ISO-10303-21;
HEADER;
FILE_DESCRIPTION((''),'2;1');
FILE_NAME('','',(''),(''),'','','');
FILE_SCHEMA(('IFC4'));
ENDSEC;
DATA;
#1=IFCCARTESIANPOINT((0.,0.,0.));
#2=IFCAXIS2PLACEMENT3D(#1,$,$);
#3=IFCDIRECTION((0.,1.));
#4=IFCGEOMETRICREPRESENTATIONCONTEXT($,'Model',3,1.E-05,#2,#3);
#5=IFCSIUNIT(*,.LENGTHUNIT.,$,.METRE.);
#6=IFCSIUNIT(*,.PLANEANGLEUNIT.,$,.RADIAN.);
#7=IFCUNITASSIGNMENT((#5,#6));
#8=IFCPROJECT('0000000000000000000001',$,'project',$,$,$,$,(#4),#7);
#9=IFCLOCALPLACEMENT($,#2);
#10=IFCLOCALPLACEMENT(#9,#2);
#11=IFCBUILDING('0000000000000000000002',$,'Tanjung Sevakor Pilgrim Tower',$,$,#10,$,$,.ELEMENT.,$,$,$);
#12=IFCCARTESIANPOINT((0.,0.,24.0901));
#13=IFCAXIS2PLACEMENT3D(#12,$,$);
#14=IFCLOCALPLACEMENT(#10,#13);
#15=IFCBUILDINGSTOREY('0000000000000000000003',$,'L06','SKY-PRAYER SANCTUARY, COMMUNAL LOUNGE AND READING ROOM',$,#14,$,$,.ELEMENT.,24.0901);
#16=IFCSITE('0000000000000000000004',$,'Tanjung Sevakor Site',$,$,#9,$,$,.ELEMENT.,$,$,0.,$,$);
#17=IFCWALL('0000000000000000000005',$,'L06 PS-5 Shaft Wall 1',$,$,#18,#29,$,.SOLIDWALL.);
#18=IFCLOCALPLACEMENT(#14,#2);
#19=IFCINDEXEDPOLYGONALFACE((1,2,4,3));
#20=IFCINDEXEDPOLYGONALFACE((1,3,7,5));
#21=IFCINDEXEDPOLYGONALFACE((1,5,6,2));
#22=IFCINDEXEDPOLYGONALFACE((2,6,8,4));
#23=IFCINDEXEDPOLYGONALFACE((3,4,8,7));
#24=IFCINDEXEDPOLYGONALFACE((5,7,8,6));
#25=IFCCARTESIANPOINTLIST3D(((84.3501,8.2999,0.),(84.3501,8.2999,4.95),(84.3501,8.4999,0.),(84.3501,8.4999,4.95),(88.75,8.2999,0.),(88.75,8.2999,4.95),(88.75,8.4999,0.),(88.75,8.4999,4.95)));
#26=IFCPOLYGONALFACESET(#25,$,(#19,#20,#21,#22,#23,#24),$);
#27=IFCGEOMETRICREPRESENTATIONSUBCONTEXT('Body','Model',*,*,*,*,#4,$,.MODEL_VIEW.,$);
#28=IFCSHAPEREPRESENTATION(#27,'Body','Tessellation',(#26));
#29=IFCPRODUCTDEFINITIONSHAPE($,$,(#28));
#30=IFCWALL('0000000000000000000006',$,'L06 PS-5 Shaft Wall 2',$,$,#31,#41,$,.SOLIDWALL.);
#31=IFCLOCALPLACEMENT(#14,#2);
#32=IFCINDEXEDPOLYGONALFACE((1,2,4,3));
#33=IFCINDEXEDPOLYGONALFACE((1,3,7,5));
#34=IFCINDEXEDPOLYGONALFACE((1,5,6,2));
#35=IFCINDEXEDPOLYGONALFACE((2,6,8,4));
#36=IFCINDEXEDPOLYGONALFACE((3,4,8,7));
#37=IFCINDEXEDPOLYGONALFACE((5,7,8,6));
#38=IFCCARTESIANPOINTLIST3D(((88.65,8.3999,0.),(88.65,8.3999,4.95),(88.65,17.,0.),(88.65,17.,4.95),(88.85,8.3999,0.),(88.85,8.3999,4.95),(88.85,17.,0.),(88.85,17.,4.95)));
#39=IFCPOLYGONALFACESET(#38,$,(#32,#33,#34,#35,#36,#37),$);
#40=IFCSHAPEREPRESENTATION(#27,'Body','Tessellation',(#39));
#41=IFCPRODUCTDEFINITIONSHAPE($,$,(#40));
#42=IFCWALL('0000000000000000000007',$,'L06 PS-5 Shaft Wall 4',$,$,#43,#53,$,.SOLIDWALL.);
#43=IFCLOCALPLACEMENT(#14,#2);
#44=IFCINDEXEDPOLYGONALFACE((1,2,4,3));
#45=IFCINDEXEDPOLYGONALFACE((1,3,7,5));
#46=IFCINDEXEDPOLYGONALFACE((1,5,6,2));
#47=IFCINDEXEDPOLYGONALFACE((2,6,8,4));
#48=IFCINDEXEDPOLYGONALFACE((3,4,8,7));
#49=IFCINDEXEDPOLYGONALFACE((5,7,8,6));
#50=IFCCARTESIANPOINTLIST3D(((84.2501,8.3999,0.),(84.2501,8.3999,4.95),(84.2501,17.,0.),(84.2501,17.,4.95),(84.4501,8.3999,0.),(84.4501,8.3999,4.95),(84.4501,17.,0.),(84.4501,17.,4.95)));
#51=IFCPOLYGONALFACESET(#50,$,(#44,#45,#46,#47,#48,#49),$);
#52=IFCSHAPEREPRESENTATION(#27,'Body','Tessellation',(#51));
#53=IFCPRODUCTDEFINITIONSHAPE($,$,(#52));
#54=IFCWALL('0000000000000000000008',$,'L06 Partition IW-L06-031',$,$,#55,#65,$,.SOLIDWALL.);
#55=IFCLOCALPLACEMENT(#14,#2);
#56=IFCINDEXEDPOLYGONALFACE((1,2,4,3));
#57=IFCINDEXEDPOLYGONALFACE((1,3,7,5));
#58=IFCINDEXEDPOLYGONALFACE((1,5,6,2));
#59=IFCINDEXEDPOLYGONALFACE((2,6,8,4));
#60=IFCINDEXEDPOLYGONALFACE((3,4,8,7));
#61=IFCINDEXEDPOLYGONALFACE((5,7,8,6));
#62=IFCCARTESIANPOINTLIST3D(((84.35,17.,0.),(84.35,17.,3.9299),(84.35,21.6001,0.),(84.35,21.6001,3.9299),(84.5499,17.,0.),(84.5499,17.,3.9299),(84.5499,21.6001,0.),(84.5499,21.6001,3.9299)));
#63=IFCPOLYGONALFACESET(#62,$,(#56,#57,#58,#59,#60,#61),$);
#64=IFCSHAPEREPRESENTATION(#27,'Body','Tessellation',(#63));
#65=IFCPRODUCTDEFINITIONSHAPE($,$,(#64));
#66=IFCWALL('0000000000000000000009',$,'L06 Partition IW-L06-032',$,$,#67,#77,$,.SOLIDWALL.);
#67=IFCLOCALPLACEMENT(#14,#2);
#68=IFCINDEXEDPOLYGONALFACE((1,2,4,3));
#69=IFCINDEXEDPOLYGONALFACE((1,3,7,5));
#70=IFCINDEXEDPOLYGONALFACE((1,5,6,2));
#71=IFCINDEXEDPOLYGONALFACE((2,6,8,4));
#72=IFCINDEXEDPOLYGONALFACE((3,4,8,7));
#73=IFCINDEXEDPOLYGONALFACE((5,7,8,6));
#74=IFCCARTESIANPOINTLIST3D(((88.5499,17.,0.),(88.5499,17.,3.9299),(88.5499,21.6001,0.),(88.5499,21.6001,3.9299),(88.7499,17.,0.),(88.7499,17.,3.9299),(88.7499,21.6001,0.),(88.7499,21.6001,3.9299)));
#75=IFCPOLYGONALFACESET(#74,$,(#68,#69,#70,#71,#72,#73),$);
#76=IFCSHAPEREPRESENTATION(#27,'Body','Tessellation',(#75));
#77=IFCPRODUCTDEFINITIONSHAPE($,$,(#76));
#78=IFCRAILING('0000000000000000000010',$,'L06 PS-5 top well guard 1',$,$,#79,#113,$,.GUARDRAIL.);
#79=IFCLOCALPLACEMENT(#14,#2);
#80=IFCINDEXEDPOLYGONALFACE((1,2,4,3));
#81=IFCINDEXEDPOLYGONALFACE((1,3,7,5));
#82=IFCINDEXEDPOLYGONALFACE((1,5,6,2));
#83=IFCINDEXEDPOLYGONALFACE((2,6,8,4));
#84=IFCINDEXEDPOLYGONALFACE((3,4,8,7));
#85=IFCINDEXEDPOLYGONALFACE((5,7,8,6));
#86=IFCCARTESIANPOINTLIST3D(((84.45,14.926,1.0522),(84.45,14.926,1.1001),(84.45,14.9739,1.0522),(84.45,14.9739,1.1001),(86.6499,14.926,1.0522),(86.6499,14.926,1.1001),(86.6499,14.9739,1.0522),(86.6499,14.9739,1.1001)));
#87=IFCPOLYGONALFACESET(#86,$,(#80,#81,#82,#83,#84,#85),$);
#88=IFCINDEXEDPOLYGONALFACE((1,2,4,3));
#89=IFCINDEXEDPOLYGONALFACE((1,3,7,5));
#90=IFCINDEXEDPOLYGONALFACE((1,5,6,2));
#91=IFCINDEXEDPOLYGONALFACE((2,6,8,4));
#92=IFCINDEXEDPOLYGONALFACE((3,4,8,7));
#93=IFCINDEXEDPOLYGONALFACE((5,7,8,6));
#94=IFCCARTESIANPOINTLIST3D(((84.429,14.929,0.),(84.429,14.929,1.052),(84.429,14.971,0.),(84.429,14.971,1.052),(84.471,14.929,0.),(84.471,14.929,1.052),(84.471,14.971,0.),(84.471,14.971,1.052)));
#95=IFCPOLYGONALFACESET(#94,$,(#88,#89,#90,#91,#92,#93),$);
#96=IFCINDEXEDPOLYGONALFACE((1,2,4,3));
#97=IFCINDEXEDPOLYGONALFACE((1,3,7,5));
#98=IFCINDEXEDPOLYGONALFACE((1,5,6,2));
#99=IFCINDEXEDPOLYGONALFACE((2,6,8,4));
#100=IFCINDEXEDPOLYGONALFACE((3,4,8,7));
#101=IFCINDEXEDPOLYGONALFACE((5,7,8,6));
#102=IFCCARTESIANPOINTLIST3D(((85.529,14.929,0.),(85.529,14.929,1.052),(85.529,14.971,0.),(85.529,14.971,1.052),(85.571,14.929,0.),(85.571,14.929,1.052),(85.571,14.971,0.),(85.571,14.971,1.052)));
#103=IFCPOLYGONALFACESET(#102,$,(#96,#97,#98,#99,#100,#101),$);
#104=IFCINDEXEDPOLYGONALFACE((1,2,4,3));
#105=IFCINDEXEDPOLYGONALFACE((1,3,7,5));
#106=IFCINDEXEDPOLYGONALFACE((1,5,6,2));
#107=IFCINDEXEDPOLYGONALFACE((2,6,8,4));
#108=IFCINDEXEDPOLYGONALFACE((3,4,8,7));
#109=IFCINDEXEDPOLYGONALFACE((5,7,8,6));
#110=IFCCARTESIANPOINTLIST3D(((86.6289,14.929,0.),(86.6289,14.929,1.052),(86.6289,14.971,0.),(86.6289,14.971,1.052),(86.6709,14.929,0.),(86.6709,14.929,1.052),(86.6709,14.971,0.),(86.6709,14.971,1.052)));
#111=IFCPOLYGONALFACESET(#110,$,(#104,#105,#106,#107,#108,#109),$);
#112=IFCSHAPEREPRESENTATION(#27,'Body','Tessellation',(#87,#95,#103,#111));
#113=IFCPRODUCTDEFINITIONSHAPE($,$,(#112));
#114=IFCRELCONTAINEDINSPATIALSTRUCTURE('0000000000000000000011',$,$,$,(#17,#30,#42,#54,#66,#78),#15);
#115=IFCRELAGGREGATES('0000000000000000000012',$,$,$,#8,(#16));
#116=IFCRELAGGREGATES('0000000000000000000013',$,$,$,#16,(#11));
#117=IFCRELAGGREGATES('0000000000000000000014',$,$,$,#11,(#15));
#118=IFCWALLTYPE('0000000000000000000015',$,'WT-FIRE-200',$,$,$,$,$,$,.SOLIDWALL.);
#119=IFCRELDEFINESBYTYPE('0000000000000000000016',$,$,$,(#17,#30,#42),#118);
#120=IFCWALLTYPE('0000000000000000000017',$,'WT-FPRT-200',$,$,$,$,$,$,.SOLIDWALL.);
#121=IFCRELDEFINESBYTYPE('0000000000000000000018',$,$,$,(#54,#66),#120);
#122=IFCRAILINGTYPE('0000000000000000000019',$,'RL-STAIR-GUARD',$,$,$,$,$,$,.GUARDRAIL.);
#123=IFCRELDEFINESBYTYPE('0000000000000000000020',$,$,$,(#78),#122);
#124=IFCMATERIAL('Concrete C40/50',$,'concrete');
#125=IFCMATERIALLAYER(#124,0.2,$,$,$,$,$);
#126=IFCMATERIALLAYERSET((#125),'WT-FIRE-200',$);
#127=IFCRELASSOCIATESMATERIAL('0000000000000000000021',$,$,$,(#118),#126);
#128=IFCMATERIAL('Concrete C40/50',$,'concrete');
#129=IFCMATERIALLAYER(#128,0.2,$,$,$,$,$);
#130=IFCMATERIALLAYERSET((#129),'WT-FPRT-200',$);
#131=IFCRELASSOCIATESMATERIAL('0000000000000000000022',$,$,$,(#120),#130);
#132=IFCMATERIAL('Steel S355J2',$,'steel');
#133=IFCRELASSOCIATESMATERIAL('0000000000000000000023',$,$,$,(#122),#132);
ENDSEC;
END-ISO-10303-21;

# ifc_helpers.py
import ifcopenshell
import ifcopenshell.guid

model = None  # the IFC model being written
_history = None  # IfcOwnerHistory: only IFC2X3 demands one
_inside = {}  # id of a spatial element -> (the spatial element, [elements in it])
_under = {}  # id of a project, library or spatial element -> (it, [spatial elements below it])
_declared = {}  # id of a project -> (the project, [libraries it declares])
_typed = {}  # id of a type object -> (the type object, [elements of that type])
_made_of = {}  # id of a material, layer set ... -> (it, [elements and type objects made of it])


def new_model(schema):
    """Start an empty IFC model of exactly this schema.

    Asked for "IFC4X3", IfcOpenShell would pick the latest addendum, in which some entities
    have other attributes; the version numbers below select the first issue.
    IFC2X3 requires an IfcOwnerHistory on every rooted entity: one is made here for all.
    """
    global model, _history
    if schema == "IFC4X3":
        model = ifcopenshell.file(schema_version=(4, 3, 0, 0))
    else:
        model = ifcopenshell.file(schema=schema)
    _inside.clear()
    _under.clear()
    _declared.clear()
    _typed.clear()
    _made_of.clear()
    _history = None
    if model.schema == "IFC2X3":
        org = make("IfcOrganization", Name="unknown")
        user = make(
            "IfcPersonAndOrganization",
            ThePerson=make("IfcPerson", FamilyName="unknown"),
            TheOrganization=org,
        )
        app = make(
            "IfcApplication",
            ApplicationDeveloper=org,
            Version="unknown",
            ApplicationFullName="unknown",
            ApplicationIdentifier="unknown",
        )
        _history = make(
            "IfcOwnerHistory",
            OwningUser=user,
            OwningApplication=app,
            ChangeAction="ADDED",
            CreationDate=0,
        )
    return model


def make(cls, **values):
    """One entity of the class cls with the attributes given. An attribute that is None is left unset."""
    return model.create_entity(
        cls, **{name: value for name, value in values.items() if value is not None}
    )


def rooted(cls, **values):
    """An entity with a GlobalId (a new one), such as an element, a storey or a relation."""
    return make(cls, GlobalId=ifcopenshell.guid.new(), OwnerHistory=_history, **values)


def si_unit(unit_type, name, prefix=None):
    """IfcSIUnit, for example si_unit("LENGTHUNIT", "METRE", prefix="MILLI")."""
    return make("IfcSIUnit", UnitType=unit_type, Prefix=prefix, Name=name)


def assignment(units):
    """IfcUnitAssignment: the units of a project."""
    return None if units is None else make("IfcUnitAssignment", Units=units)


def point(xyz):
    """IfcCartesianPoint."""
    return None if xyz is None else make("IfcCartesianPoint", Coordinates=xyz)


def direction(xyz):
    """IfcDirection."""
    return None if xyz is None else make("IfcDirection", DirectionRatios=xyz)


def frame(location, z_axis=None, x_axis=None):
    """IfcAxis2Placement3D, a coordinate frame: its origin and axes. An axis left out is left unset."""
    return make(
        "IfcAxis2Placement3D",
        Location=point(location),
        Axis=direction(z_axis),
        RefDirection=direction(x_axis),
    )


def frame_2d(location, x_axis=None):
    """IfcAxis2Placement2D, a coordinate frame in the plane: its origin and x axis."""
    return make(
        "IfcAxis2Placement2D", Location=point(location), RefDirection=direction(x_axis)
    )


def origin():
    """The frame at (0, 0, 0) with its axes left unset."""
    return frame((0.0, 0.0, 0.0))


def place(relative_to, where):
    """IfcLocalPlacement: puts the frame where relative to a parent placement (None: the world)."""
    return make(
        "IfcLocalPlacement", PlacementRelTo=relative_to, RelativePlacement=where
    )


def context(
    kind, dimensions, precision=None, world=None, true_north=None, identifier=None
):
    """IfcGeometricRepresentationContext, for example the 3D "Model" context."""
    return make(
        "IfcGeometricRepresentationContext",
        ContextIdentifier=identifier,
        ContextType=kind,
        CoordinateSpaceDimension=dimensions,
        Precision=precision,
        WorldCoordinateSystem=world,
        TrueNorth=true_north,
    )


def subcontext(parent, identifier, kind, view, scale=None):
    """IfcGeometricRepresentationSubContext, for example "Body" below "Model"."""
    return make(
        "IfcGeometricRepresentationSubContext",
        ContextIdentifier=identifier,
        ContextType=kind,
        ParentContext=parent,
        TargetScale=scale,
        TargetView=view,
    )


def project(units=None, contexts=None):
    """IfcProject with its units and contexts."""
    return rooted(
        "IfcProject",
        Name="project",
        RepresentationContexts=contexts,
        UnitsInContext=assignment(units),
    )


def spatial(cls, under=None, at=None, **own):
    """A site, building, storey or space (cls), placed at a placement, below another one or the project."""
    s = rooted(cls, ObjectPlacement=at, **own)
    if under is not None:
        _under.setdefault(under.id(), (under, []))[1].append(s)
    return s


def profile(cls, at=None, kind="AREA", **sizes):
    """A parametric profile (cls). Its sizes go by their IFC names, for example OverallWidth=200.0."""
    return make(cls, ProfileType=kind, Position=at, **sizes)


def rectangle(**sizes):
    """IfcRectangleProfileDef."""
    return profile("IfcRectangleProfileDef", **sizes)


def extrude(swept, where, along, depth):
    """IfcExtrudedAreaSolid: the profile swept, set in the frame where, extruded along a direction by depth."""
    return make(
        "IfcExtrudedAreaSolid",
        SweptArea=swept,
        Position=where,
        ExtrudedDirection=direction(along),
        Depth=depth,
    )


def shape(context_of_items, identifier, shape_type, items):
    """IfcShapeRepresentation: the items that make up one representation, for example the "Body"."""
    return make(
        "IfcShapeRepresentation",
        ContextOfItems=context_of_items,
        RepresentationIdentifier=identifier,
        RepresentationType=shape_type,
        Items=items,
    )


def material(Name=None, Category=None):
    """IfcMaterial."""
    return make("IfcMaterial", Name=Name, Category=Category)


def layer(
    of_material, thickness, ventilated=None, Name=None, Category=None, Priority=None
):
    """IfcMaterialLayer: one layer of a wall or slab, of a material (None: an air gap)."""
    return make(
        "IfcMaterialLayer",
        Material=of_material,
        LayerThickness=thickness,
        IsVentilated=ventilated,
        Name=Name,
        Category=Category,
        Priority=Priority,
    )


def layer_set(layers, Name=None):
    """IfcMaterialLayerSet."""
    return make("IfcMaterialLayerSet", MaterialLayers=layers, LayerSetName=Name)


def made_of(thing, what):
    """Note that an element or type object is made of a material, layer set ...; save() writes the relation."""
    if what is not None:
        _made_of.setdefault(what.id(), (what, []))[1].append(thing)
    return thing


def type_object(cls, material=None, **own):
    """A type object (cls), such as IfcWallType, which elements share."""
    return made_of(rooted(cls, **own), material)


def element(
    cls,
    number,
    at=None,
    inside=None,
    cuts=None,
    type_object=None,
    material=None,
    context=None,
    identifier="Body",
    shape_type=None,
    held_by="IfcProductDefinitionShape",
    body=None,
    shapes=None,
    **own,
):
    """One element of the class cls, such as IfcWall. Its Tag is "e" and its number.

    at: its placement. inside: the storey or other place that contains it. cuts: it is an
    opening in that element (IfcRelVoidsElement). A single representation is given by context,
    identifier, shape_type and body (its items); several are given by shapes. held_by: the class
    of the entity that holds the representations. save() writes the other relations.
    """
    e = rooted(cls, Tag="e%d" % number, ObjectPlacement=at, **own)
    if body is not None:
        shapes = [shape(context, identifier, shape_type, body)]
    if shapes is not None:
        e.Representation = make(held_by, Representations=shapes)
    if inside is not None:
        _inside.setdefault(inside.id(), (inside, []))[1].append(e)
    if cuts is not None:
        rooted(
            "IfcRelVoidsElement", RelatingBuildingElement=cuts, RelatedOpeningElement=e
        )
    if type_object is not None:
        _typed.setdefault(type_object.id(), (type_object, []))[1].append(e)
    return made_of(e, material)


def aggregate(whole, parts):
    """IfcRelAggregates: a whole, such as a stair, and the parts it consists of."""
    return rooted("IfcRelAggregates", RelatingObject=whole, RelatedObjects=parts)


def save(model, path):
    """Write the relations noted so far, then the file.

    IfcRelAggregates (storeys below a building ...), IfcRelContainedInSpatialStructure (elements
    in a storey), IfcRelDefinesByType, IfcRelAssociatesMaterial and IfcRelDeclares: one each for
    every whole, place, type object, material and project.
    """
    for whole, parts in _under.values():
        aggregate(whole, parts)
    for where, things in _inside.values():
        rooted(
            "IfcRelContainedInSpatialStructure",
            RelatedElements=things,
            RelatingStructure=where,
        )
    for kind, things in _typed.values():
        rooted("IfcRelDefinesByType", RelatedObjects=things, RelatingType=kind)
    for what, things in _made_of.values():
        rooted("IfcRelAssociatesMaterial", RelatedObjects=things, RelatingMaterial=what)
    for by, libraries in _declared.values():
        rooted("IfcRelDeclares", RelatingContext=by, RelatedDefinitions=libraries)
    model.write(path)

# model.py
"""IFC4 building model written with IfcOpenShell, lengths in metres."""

from ifc_helpers import new_model, si_unit, direction, frame, frame_2d, origin, place, context, subcontext, project, spatial, rectangle, extrude, material, layer, layer_set, type_object, element, save


model = new_model("IFC4")

# Units and contexts
model_context = context("Model", 3, precision=1e-05, world=origin(), true_north=direction((0.0, 1.0)))
body_context = subcontext(model_context, "Body", "Model", "MODEL_VIEW")
ifc_project = project(units=[si_unit("LENGTHUNIT", "METRE"), si_unit("PLANEANGLEUNIT", "RADIAN")], contexts=[model_context])

# Site, building, storey
site_placement = place(None, origin())
site = spatial("IfcSite", under=ifc_project, at=site_placement, Name="Tanjung Sevakor Site", CompositionType="ELEMENT", RefElevation=0.0)
building_placement = place(site_placement, origin())
building = spatial("IfcBuilding", under=site, at=building_placement, Name="Tanjung Sevakor Pilgrim Tower", CompositionType="ELEMENT")
storey_placement = place(building_placement, frame((0.0, 0.0, 24.0901)))
storey = spatial("IfcBuildingStorey", under=building, at=storey_placement, Name="L06", Description="SKY-PRAYER SANCTUARY, COMMUNAL LOUNGE AND READING ROOM", CompositionType="ELEMENT", Elevation=24.0901)

# Walls
ifc_material_1 = material(Name="Concrete C40/50", Category="concrete")
ifc_layer_1 = layer(ifc_material_1, 0.2)
ifc_layer_set_1 = layer_set([ifc_layer_1], Name="WT-FIRE-200")
wall_type_1 = type_object("IfcWallType", Name="WT-FIRE-200", PredefinedType="SOLIDWALL", material=ifc_layer_set_1)
wall_1_placement = place(storey_placement, frame((84.3501, 8.3999, 0.0), z_axis=(0.0, 0.0, 1.0), x_axis=(1.0, 0.0, 0.0)))
element("IfcWall", 1, at=wall_1_placement, inside=storey, type_object=wall_type_1, Name="L06 PS-5 Shaft Wall 1", PredefinedType="SOLIDWALL", context=body_context, shape_type="SweptSolid", body=[
    extrude(rectangle(XDim=4.3999, YDim=0.2, at=frame_2d((2.2, 0.0))), origin(), (0.0, 0.0, 1.0), 4.95),
])
wall_2_placement = place(storey_placement, frame((88.75, 8.3999, 0.0), z_axis=(0.0, 0.0, 1.0), x_axis=(0.0, 1.0, 0.0)))
element("IfcWall", 2, at=wall_2_placement, inside=storey, type_object=wall_type_1, Name="L06 PS-5 Shaft Wall 2", PredefinedType="SOLIDWALL", context=body_context, shape_type="SweptSolid", body=[
    extrude(rectangle(XDim=8.6001, YDim=0.2, at=frame_2d((4.3, 0.0))), origin(), (0.0, 0.0, 1.0), 4.95),
])

# Walls
wall_3_placement = place(storey_placement, frame((84.3501, 17.0, 0.0), z_axis=(0.0, 0.0, 1.0), x_axis=(0.0, -1.0, 0.0)))
element("IfcWall", 3, at=wall_3_placement, inside=storey, type_object=wall_type_1, Name="L06 PS-5 Shaft Wall 4", PredefinedType="SOLIDWALL", context=body_context, shape_type="SweptSolid", body=[
    extrude(rectangle(XDim=8.6001, YDim=0.2, at=frame_2d((4.3, 0.0))), origin(), (0.0, 0.0, 1.0), 4.95),
])
ifc_material_2 = material(Name="Concrete C40/50", Category="concrete")
ifc_layer_2 = layer(ifc_material_2, 0.2)
ifc_layer_set_2 = layer_set([ifc_layer_2], Name="WT-FPRT-200")
wall_type_2 = type_object("IfcWallType", Name="WT-FPRT-200", PredefinedType="SOLIDWALL", material=ifc_layer_set_2)
for number, where, z_axis, x_axis, name in (
    (4, (84.45, 17.0, 0.0), (0.0, 0.0, 1.0), (0.0, 1.0, 0.0), "L06 Partition IW-L06-031"),
    (5, (88.6499, 17.0, 0.0), (0.0, 0.0, 1.0), (0.0, 1.0, 0.0), "L06 Partition IW-L06-032"),
):
    element("IfcWall", number, at=place(storey_placement, frame(where, z_axis=z_axis, x_axis=x_axis)), inside=storey, type_object=wall_type_2, Name=name, PredefinedType="SOLIDWALL", context=body_context, shape_type="SweptSolid", body=[
        extrude(rectangle(XDim=4.6001, YDim=0.2, at=frame_2d((2.3, 0.0))), origin(), (0.0, 0.0, 1.0), 3.9299),
    ])

# Railing
ifc_material_3 = material(Name="Steel S355J2", Category="steel")
railing_type = type_object("IfcRailingType", Name="RL-STAIR-GUARD", PredefinedType="GUARDRAIL", material=ifc_material_3)
railing_placement = place(storey_placement, frame((84.45, 14.95, 0.0)))
element("IfcRailing", 6, at=railing_placement, inside=storey, type_object=railing_type, Name="L06 PS-5 top well guard 1", PredefinedType="GUARDRAIL", context=body_context, shape_type="SweptSolid", body=[
    extrude(rectangle(XDim=0.0479, YDim=0.0479), frame((0.0, 0.0, 1.0762), z_axis=(1.0, 0.0, 0.0), x_axis=(0.0, 1.0, 0.0)), (0.0, 0.0, 1.0), 2.2),
    extrude(rectangle(XDim=0.042, YDim=0.042), origin(), (0.0, 0.0, 1.0), 1.052),
    extrude(rectangle(XDim=0.042, YDim=0.042), frame((1.1001, 0.0, 0.0)), (0.0, 0.0, 1.0), 1.052),
    extrude(rectangle(XDim=0.042, YDim=0.042), frame((2.2, 0.0, 0.0)), (0.0, 0.0, 1.0), 1.052),
])

save(model, "model.ifc")
